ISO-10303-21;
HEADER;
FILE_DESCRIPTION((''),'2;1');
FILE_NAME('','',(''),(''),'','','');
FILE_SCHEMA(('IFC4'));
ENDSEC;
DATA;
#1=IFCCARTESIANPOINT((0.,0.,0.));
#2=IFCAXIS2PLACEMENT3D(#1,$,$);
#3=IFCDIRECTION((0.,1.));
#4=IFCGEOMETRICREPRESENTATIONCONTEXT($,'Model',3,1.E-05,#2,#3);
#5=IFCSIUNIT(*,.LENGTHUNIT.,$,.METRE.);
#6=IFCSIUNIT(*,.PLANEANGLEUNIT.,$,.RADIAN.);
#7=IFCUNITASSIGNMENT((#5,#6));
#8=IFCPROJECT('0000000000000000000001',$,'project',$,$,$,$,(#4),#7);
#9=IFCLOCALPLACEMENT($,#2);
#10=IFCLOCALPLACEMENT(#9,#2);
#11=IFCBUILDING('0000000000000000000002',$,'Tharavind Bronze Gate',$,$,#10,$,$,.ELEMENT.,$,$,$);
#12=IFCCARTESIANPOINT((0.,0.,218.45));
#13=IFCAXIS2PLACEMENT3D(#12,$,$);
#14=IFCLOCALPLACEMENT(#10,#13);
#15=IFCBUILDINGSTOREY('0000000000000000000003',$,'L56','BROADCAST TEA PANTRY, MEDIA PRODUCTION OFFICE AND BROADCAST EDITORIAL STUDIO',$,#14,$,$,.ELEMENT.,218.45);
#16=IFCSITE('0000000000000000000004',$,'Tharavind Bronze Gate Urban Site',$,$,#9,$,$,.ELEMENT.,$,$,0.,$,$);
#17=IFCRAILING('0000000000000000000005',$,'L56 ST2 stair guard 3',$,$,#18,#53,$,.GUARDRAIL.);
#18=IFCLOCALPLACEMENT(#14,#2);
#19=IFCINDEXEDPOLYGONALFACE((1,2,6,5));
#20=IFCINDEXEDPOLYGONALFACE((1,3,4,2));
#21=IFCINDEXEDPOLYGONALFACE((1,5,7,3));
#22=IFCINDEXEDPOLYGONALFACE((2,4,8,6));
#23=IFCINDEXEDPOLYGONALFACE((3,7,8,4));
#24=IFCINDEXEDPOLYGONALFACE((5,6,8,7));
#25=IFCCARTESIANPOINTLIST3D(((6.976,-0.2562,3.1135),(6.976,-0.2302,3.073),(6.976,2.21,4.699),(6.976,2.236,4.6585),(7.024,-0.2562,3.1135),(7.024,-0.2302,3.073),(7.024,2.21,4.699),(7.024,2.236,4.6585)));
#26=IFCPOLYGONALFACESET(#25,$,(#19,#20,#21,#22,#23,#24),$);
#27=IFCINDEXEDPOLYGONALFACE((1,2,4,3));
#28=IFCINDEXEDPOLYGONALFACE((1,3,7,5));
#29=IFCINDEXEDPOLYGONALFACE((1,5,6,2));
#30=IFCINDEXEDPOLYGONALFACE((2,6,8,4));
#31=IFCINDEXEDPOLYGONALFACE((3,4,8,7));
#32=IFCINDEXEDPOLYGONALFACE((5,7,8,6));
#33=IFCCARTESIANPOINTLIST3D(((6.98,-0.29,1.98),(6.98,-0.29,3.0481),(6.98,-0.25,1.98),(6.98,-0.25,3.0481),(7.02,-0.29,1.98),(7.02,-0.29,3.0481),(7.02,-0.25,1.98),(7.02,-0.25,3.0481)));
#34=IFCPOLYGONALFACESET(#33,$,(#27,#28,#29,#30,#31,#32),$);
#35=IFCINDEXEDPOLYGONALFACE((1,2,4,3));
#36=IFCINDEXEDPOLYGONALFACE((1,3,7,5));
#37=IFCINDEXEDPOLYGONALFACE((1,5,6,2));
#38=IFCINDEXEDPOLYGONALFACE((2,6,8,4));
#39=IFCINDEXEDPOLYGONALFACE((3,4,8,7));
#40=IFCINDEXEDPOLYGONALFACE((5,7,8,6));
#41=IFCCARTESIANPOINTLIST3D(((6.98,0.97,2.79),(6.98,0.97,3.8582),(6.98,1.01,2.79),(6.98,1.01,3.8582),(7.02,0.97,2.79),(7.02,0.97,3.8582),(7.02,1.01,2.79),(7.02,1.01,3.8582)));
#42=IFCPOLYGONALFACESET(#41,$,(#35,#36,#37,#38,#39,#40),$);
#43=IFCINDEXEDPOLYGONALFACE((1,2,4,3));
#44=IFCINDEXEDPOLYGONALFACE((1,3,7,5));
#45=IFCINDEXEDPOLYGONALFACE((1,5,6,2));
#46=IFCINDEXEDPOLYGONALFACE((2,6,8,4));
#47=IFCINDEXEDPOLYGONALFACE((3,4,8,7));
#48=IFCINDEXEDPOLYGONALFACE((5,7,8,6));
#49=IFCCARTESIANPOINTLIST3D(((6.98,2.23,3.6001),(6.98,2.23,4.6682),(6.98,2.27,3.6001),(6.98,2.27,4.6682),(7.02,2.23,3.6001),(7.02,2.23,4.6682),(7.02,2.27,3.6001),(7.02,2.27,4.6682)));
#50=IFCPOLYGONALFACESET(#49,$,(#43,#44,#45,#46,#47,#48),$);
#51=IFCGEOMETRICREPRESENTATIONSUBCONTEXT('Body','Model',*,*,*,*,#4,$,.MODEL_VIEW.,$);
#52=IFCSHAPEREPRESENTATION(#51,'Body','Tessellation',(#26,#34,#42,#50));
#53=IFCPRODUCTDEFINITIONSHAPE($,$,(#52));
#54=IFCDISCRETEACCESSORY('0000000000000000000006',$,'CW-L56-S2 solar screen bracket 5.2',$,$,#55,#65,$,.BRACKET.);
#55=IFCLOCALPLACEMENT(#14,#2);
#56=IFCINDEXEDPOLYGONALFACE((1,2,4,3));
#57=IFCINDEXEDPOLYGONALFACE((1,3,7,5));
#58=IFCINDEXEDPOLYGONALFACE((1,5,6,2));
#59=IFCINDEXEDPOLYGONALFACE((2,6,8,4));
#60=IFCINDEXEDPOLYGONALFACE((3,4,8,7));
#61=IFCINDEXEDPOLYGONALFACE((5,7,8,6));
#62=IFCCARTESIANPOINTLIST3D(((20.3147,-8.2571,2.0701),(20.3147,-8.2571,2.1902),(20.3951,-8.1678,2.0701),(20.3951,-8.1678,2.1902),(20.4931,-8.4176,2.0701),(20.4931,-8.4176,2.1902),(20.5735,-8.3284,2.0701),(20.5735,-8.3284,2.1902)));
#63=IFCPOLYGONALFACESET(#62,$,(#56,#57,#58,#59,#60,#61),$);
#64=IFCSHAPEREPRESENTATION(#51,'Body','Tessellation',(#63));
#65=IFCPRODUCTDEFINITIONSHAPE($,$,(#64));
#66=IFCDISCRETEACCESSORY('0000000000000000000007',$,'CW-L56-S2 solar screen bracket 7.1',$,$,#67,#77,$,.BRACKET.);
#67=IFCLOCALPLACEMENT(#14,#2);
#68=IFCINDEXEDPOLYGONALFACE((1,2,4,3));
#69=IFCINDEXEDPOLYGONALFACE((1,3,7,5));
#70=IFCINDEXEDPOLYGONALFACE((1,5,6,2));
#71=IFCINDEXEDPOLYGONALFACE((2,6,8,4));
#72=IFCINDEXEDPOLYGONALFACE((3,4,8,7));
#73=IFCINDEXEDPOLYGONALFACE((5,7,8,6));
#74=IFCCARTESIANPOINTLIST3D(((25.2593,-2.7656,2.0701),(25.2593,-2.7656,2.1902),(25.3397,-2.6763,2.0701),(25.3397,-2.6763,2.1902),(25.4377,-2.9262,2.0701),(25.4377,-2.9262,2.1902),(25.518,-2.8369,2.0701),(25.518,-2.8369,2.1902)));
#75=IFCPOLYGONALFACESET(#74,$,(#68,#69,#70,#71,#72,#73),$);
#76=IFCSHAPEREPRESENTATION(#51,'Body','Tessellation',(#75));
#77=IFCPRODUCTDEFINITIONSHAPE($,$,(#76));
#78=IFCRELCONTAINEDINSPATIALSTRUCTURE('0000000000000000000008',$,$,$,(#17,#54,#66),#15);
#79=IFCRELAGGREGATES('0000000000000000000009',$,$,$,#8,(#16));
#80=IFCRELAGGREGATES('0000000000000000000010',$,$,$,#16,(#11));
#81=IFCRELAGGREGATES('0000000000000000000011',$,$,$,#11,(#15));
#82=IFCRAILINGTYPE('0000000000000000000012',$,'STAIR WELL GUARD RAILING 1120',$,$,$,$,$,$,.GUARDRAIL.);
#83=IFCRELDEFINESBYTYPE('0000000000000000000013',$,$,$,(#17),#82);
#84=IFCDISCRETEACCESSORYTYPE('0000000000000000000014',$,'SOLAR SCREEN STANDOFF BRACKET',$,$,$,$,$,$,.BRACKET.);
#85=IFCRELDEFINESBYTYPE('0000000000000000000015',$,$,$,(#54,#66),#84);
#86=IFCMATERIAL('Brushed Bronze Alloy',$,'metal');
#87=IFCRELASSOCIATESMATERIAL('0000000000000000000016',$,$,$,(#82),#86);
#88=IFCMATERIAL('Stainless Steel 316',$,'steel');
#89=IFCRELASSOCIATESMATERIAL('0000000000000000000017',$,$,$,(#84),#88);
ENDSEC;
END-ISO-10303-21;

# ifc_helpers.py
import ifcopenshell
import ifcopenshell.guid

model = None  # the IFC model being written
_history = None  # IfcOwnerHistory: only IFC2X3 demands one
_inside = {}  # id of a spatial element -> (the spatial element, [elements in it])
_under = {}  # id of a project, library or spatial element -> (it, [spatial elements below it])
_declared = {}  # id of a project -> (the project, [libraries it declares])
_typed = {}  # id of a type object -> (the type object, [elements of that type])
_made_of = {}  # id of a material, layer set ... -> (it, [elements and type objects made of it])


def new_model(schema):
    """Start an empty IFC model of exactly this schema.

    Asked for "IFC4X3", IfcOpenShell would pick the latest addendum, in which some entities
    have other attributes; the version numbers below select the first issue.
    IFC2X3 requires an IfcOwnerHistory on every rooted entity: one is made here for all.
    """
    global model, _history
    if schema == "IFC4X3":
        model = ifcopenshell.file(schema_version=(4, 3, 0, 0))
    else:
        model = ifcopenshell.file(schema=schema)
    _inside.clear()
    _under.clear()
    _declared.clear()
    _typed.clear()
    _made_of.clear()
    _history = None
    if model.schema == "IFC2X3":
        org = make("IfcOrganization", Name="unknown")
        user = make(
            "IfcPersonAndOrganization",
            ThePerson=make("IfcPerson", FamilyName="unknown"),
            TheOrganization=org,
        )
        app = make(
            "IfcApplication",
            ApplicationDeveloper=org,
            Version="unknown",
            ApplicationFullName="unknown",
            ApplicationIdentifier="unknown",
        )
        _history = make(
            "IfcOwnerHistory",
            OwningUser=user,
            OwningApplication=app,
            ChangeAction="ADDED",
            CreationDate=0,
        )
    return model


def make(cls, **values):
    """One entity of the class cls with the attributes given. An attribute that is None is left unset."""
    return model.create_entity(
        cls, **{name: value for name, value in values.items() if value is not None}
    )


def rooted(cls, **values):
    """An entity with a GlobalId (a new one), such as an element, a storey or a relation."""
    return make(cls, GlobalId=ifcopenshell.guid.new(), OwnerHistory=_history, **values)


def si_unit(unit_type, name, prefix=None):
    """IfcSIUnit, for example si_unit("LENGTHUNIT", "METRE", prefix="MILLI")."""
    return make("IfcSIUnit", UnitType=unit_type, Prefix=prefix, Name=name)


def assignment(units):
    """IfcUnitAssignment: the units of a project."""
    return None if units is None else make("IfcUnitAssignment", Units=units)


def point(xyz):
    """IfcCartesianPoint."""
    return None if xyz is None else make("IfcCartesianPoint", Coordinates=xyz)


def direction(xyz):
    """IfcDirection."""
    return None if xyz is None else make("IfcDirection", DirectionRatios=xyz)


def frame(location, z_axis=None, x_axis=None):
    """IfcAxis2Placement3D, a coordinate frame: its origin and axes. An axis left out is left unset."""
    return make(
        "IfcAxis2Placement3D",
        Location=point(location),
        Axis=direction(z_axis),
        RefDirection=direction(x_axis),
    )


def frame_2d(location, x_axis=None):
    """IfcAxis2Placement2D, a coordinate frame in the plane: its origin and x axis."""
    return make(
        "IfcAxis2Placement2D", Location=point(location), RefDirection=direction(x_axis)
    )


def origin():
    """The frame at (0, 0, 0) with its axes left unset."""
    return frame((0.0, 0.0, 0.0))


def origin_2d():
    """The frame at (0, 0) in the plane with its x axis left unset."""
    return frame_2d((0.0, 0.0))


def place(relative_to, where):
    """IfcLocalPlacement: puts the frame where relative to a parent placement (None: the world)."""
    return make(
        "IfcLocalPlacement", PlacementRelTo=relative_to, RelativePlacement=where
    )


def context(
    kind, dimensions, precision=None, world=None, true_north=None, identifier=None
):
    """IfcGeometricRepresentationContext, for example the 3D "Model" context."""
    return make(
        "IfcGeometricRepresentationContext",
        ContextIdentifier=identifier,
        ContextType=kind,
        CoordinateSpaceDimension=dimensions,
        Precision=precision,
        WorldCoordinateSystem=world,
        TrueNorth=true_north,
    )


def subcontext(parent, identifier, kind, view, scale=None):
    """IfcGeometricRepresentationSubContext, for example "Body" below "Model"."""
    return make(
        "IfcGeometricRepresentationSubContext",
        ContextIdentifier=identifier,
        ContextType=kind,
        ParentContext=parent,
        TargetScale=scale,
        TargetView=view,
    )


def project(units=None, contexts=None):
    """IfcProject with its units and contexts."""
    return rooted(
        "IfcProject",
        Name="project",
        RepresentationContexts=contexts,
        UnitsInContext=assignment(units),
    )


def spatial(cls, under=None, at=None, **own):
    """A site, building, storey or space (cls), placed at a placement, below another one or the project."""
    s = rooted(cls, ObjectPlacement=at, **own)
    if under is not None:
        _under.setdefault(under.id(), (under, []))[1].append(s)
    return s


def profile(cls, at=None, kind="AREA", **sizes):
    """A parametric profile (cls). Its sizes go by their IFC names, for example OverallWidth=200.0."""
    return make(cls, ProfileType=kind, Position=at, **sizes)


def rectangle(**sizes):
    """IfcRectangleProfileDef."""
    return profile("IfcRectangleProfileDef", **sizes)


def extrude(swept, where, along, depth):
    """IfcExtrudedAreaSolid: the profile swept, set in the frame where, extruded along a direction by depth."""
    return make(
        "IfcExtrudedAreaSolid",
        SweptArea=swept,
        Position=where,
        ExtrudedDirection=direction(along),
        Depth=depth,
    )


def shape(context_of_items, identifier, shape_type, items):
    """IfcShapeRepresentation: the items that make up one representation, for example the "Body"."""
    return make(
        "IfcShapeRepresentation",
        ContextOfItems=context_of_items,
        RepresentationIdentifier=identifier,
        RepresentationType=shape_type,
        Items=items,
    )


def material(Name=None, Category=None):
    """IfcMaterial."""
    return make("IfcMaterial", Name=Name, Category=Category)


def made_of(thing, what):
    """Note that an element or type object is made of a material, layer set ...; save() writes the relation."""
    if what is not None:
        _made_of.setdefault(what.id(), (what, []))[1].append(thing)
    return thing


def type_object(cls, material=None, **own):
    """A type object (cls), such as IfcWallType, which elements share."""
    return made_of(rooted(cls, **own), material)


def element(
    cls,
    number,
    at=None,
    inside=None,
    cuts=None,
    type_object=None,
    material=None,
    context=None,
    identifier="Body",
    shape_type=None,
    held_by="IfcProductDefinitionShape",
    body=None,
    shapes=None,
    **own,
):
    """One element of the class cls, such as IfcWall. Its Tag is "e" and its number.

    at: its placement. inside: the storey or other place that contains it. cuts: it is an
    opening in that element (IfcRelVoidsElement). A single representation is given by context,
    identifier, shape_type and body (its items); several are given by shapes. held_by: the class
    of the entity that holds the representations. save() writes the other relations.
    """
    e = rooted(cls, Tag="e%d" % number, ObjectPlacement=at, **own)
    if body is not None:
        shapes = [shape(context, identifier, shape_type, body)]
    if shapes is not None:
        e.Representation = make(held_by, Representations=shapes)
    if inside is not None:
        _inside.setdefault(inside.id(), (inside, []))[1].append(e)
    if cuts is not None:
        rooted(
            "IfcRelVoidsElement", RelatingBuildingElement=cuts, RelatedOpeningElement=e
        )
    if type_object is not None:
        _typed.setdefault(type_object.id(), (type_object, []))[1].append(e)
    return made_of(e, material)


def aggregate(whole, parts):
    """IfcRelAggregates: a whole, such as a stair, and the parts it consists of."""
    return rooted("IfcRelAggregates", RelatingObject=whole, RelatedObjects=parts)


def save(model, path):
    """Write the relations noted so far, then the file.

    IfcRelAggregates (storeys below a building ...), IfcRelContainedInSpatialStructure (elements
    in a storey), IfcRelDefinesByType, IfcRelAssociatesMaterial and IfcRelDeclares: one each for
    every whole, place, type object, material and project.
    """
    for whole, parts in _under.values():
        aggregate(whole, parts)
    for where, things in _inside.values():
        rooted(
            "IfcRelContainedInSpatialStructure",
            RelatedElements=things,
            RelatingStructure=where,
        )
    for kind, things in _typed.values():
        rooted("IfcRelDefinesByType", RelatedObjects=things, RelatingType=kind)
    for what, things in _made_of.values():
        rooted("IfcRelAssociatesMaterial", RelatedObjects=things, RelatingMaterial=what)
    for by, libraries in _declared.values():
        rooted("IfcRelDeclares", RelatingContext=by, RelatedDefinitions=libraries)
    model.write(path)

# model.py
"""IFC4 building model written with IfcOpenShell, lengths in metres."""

from ifc_helpers import new_model, si_unit, direction, frame, origin, origin_2d, place, context, subcontext, project, spatial, rectangle, extrude, material, type_object, element, save


model = new_model("IFC4")

# Units and contexts
model_context = context("Model", 3, precision=1e-05, world=origin(), true_north=direction((0.0, 1.0)))
body_context = subcontext(model_context, "Body", "Model", "MODEL_VIEW")
ifc_project = project(units=[si_unit("LENGTHUNIT", "METRE"), si_unit("PLANEANGLEUNIT", "RADIAN")], contexts=[model_context])

# Site, building, storey
site_placement = place(None, origin())
site = spatial("IfcSite", under=ifc_project, at=site_placement, Name="Tharavind Bronze Gate Urban Site", CompositionType="ELEMENT", RefElevation=0.0)
building_placement = place(site_placement, origin())
building = spatial("IfcBuilding", under=site, at=building_placement, Name="Tharavind Bronze Gate", CompositionType="ELEMENT")
storey_placement = place(building_placement, frame((0.0, 0.0, 218.45)))
storey = spatial("IfcBuildingStorey", under=building, at=storey_placement, Name="L56", Description="BROADCAST TEA PANTRY, MEDIA PRODUCTION OFFICE AND BROADCAST EDITORIAL STUDIO", CompositionType="ELEMENT", Elevation=218.45)

# Railing
ifc_material_1 = material(Name="Brushed Bronze Alloy", Category="metal")
railing_type_1 = type_object("IfcRailingType", Name="STAIR WELL GUARD RAILING 1120", PredefinedType="GUARDRAIL", material=ifc_material_1)
railing_1_placement = place(storey_placement, frame((7.0, -0.27, 1.98)))
element("IfcRailing", 1, at=railing_1_placement, inside=storey, type_object=railing_type_1, Name="L56 ST2 stair guard 3", PredefinedType="GUARDRAIL", context=body_context, shape_type="SweptSolid", body=[
    extrude(rectangle(XDim=0.0481, YDim=0.0481, at=origin_2d()), frame((0.0, 0.0269, 1.1133), z_axis=(0.0, 0.841163, 0.540782), x_axis=(-1.0, 0.0, 0.0)), (0.0, 0.0, 1.0), 2.9319),
    extrude(rectangle(XDim=0.04, YDim=0.04, at=origin_2d()), origin(), (0.0, 0.0, 1.0), 1.0681),
    extrude(rectangle(XDim=0.04, YDim=0.04, at=origin_2d()), frame((0.0, 1.26, 0.8101)), (0.0, 0.0, 1.0), 1.0681),
    extrude(rectangle(XDim=0.04, YDim=0.04, at=origin_2d()), frame((0.0, 2.52, 1.6201)), (0.0, 0.0, 1.0), 1.0681),
])

# Discrete accessories
ifc_material_2 = material(Name="Stainless Steel 316", Category="steel")
discrete_accessory_type = type_object("IfcDiscreteAccessoryType", Name="SOLAR SCREEN STANDOFF BRACKET", PredefinedType="BRACKET", material=ifc_material_2)
for number, where, z_axis, x_axis, name in (
    (2, (20.4441, -8.2927, 2.0701), (0.0, 0.0, 1.0), (0.669131, 0.743145, 0.0), "CW-L56-S2 solar screen bracket 5.2"),
    (3, (25.3887, -2.8013, 2.0701), (0.0, 0.0, 1.0), (0.669131, 0.743145, 0.0), "CW-L56-S2 solar screen bracket 7.1"),
):
    element("IfcDiscreteAccessory", number, at=place(storey_placement, frame(where, z_axis=z_axis, x_axis=x_axis)), inside=storey, type_object=discrete_accessory_type, Name=name, PredefinedType="BRACKET", context=body_context, shape_type="SweptSolid", body=[
        extrude(rectangle(XDim=0.1201, YDim=0.24, at=origin_2d()), origin(), (0.0, 0.0, 1.0), 0.1201),
    ])

save(model, "model.ifc")
